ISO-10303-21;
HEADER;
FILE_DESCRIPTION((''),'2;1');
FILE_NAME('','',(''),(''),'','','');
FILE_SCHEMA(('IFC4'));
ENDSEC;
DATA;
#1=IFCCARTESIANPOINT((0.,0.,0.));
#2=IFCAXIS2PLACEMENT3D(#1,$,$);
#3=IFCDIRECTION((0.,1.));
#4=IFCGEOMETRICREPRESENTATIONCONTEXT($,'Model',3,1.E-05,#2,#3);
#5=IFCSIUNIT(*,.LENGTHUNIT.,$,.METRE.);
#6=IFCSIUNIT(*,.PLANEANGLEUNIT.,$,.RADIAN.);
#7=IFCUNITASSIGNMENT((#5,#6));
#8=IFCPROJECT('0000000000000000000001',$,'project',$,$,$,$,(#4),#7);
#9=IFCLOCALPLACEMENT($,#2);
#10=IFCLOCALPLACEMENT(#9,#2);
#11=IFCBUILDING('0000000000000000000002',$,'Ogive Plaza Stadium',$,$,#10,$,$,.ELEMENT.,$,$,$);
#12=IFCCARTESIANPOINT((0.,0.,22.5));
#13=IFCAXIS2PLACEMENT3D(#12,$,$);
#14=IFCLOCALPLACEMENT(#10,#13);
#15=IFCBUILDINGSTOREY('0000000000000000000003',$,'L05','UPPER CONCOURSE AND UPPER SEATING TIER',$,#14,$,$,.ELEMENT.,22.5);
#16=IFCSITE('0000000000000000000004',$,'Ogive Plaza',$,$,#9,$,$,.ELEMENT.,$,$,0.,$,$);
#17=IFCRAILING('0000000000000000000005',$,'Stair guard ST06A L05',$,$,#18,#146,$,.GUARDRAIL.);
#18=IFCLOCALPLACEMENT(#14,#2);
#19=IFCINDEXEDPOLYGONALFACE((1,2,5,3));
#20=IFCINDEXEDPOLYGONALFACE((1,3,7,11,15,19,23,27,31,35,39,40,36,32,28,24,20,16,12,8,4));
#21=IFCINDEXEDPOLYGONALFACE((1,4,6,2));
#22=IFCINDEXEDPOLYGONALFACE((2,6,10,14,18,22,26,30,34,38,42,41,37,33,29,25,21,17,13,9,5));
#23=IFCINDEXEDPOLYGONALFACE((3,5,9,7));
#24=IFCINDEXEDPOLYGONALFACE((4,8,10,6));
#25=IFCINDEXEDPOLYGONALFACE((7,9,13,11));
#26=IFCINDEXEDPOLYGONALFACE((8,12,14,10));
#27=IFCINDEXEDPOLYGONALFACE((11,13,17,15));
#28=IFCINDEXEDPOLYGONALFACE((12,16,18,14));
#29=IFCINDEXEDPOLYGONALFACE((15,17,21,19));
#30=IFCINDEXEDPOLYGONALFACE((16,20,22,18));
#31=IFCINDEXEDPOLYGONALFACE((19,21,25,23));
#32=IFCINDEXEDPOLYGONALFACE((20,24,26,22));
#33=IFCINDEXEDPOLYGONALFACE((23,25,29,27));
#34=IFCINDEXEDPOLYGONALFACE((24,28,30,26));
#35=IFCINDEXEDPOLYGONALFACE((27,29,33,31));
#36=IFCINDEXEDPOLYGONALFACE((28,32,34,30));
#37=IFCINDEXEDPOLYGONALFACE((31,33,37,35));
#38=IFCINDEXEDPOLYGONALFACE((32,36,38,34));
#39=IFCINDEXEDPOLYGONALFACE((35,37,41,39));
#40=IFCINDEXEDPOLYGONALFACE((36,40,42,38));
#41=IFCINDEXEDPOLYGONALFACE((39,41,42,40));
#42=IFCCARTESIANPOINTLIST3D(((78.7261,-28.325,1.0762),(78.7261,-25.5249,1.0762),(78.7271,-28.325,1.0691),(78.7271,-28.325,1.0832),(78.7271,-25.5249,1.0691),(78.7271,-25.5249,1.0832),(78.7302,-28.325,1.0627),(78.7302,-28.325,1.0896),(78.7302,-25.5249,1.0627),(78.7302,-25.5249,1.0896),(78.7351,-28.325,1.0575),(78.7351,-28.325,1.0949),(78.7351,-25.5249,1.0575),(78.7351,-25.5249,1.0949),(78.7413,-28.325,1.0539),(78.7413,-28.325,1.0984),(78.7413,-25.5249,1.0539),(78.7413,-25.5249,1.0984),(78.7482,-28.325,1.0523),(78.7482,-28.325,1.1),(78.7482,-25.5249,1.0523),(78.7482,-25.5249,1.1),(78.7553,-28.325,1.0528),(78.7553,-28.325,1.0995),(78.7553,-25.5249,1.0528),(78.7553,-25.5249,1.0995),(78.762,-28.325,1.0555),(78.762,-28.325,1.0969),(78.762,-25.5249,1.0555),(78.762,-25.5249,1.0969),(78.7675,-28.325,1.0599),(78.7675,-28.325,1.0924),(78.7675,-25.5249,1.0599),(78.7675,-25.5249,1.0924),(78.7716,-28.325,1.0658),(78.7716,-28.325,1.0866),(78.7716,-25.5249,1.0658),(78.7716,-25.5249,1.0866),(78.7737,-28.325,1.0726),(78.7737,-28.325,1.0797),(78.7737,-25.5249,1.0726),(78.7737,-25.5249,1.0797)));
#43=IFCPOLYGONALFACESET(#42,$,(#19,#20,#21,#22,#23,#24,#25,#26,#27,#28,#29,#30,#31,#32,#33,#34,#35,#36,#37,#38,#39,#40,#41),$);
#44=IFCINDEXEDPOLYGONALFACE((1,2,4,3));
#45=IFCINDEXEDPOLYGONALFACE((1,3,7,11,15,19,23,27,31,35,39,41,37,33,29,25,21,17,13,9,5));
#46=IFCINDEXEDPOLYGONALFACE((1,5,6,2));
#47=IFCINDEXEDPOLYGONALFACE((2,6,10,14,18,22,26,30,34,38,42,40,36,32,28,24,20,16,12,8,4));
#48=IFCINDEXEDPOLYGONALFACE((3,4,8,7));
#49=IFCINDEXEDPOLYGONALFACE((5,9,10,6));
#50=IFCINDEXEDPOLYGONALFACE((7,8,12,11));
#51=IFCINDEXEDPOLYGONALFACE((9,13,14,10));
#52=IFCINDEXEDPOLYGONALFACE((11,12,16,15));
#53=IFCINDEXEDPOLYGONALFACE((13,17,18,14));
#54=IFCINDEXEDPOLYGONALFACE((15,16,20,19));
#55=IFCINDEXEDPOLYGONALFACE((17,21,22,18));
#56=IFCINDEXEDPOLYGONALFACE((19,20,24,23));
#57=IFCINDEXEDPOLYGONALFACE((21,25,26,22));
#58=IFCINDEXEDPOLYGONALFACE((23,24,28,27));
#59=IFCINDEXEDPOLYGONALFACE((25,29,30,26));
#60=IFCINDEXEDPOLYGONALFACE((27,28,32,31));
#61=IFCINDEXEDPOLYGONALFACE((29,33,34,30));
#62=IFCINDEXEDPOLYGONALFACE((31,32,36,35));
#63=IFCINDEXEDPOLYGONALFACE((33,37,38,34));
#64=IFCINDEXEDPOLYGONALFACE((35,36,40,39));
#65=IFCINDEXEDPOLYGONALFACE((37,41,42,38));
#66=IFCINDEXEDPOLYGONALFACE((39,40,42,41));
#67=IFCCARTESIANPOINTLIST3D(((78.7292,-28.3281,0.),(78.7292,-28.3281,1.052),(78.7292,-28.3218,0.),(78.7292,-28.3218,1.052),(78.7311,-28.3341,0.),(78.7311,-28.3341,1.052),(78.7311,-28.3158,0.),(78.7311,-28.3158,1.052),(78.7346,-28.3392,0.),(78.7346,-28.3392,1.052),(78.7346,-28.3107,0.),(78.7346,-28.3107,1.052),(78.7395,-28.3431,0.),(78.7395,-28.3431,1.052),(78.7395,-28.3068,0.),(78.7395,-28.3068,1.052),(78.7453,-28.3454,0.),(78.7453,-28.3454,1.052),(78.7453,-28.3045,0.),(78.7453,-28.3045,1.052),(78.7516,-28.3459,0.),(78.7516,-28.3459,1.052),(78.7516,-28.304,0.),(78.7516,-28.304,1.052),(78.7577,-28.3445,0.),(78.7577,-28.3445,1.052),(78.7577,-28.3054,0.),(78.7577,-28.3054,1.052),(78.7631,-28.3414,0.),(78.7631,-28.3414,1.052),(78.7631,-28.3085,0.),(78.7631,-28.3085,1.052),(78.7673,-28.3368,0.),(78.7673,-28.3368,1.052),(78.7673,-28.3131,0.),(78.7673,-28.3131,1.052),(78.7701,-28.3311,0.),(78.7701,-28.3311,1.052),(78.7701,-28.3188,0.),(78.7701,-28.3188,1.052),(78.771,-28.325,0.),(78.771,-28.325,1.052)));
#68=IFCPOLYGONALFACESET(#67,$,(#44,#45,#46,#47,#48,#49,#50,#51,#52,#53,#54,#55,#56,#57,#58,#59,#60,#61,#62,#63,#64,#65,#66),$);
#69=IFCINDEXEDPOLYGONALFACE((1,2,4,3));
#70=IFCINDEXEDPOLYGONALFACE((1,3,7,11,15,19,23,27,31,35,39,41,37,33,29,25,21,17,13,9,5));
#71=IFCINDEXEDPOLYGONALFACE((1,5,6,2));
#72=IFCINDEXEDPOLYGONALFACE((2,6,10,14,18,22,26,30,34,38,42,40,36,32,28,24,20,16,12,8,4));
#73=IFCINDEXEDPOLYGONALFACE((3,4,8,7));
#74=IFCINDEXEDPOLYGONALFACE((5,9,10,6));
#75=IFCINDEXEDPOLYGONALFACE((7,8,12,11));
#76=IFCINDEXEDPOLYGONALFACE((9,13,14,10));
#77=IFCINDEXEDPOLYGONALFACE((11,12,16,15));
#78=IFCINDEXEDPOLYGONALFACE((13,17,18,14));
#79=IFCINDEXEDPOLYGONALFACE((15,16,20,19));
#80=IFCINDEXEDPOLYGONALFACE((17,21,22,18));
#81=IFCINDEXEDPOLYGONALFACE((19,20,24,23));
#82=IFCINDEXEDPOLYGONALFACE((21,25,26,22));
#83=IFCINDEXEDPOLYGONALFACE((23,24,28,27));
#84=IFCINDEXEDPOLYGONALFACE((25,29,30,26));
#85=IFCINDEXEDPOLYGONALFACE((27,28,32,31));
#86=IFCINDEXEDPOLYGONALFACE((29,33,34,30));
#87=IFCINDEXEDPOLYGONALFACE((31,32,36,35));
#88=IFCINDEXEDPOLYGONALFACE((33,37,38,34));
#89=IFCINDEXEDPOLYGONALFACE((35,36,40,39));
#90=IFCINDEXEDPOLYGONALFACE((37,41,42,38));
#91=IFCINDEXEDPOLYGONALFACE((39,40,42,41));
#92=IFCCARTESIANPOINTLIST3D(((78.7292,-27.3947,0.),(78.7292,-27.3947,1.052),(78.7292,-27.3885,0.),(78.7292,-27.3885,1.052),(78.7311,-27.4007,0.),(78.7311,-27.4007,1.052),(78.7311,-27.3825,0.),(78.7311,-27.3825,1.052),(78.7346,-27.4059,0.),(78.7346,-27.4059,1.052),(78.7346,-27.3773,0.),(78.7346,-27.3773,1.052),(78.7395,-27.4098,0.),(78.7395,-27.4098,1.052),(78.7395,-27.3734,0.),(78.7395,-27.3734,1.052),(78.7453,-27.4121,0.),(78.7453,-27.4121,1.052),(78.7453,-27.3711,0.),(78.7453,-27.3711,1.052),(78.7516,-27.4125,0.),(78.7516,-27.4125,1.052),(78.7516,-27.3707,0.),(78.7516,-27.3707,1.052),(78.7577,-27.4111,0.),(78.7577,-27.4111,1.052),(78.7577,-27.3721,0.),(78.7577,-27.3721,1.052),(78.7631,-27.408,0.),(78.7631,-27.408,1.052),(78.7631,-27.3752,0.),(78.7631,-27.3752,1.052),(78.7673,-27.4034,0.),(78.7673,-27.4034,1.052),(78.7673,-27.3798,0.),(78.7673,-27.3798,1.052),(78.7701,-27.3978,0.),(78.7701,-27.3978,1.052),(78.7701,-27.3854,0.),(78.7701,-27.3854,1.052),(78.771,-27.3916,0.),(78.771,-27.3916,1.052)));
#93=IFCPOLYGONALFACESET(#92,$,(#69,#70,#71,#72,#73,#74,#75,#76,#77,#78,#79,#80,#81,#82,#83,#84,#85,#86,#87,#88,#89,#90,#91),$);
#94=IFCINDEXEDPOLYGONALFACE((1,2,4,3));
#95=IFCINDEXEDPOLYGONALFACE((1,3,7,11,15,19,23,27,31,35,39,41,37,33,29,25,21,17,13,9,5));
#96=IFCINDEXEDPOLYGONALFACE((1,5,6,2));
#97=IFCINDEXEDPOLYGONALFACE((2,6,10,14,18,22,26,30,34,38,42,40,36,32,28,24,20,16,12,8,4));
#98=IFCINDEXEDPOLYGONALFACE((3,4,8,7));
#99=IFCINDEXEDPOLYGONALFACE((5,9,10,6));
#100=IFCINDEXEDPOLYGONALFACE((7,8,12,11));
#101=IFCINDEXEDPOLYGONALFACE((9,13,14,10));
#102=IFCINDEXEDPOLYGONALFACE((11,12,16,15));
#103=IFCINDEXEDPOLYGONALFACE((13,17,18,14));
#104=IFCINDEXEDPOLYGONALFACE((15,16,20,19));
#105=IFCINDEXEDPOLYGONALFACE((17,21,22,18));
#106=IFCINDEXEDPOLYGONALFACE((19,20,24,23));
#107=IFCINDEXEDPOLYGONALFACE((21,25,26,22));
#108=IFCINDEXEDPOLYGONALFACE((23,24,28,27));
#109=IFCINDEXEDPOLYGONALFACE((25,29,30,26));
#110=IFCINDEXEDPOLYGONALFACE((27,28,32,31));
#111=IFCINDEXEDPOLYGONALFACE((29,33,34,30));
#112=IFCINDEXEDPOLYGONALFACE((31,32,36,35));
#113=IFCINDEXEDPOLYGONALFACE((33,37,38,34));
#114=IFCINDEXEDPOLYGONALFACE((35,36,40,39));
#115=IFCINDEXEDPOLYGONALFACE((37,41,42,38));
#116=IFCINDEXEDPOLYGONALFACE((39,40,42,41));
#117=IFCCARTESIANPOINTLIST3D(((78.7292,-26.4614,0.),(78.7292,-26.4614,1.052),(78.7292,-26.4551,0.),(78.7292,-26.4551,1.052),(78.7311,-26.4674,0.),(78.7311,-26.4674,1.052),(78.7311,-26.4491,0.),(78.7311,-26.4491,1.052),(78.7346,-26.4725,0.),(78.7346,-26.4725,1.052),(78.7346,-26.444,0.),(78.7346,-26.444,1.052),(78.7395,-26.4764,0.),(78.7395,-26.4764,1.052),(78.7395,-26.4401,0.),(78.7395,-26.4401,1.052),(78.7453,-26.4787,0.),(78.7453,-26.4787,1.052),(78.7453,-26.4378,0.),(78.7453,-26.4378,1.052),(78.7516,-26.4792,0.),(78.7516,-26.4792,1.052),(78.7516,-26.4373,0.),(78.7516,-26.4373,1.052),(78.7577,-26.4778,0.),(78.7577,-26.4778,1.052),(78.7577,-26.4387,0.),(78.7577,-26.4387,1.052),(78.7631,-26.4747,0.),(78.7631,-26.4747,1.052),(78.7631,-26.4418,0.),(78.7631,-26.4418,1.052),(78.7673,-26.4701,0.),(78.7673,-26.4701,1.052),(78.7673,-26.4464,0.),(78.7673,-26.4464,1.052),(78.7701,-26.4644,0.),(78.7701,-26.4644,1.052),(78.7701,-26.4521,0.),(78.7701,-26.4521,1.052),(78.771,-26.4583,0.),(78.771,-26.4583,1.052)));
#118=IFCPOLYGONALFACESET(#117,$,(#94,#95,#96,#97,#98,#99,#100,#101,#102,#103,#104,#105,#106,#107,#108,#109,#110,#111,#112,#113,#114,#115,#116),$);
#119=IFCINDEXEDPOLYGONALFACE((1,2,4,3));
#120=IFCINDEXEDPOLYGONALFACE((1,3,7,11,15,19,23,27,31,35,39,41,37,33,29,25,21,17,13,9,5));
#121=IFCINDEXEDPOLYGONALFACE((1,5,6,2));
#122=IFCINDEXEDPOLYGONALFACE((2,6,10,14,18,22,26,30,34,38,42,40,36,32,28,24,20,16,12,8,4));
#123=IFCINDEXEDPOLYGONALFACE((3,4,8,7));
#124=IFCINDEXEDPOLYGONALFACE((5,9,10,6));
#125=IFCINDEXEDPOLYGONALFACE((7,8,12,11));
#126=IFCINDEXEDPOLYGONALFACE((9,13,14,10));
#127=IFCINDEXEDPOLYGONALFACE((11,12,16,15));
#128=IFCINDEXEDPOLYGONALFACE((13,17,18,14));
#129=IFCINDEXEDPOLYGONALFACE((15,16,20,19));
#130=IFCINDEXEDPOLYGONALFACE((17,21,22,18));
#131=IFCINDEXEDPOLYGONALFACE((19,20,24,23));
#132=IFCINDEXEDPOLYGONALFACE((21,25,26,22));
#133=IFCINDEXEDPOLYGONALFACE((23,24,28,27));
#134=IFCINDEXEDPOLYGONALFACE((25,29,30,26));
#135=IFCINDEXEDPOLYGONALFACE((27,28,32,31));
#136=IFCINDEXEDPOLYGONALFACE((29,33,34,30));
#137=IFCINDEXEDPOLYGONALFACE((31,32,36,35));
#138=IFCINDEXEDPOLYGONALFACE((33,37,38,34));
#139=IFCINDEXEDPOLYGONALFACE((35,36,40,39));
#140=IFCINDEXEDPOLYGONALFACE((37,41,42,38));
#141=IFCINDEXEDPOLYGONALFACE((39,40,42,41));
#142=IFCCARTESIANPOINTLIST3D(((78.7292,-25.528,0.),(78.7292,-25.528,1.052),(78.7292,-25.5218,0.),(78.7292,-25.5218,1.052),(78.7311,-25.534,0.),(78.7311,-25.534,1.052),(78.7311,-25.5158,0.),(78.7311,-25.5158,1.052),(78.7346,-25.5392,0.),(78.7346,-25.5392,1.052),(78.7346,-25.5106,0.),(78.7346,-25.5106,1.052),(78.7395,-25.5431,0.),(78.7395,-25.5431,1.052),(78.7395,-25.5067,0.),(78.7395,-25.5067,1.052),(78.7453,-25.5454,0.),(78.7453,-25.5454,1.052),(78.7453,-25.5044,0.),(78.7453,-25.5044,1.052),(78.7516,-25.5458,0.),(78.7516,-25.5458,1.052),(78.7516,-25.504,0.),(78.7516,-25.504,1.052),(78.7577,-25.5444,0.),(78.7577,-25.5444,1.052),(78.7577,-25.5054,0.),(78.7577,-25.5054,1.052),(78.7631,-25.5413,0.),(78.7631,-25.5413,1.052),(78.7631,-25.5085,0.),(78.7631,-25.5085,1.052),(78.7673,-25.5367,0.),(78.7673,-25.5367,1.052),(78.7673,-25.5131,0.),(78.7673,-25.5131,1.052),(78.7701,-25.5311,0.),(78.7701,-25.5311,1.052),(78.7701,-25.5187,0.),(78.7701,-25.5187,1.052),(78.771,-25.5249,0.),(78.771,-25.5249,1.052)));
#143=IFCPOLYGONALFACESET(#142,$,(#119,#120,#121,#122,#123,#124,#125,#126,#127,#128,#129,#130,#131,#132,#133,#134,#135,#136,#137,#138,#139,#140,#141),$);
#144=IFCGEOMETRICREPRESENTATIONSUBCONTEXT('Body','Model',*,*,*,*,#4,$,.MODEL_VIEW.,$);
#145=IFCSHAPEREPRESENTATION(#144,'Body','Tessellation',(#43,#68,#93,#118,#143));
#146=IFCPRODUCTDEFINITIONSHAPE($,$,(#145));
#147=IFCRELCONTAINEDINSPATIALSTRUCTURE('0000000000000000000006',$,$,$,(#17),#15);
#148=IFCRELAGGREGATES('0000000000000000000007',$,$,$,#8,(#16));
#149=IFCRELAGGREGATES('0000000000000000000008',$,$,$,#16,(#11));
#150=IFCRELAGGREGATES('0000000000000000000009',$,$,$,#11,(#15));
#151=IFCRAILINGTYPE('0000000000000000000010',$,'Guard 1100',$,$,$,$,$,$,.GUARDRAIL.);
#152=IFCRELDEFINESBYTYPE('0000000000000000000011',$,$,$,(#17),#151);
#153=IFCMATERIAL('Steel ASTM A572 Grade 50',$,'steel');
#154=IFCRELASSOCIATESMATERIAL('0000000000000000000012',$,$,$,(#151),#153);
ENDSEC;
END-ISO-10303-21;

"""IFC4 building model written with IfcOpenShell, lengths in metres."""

from ifc_helpers import new_model, si_unit, direction, frame, origin, origin_2d, place, context, subcontext, project, spatial, circle, extrude, material, type_object, element, save


model = new_model("IFC4")

# Units and contexts
model_context = context("Model", 3, precision=1e-05, world=origin(), true_north=direction((0.0, 1.0)))
body_context = subcontext(model_context, "Body", "Model", "MODEL_VIEW")
ifc_project = project(units=[si_unit("LENGTHUNIT", "METRE"), si_unit("PLANEANGLEUNIT", "RADIAN")], contexts=[model_context])

# Site, building, storey
site_placement = place(None, origin())
site = spatial("IfcSite", under=ifc_project, at=site_placement, Name="Ogive Plaza", CompositionType="ELEMENT", RefElevation=0.0)
building_placement = place(site_placement, origin())
building = spatial("IfcBuilding", under=site, at=building_placement, Name="Ogive Plaza Stadium", CompositionType="ELEMENT")
storey_placement = place(building_placement, frame((0.0, 0.0, 22.5)))
storey = spatial("IfcBuildingStorey", under=building, at=storey_placement, Name="L05", Description="UPPER CONCOURSE AND UPPER SEATING TIER", CompositionType="ELEMENT", Elevation=22.5)

# Railing
ifc_material_1 = material(Name="Steel ASTM A572 Grade 50", Category="steel")
railing_type_1 = type_object("IfcRailingType", Name="Guard 1100", PredefinedType="GUARDRAIL", material=ifc_material_1)
for number, where, name in (
    (1, (78.75, -28.325, 0.0), "Stair guard ST06A L05"),
):
    element("IfcRailing", number, at=place(storey_placement, frame(where)), inside=storey, type_object=railing_type_1, Name=name, PredefinedType="GUARDRAIL", context=body_context, shape_type="SweptSolid", body=[
        extrude(circle(Radius=0.0239, at=origin_2d()), frame((0.0, 0.0, 1.0762), z_axis=(0.0, 1.0, 0.0), x_axis=(-1.0, 0.0, 0.0)), (0.0, 0.0, 1.0), 2.8),
        extrude(circle(Radius=0.021, at=origin_2d()), origin(), (0.0, 0.0, 1.0), 1.052),
        extrude(circle(Radius=0.021, at=origin_2d()), frame((0.0, 0.9333, 0.0)), (0.0, 0.0, 1.0), 1.052),
        extrude(circle(Radius=0.021, at=origin_2d()), frame((0.0, 1.8667, 0.0)), (0.0, 0.0, 1.0), 1.052),
        extrude(circle(Radius=0.021, at=origin_2d()), frame((0.0, 2.8, 0.0)), (0.0, 0.0, 1.0), 1.052),
    ])

save(model, "model.ifc")
